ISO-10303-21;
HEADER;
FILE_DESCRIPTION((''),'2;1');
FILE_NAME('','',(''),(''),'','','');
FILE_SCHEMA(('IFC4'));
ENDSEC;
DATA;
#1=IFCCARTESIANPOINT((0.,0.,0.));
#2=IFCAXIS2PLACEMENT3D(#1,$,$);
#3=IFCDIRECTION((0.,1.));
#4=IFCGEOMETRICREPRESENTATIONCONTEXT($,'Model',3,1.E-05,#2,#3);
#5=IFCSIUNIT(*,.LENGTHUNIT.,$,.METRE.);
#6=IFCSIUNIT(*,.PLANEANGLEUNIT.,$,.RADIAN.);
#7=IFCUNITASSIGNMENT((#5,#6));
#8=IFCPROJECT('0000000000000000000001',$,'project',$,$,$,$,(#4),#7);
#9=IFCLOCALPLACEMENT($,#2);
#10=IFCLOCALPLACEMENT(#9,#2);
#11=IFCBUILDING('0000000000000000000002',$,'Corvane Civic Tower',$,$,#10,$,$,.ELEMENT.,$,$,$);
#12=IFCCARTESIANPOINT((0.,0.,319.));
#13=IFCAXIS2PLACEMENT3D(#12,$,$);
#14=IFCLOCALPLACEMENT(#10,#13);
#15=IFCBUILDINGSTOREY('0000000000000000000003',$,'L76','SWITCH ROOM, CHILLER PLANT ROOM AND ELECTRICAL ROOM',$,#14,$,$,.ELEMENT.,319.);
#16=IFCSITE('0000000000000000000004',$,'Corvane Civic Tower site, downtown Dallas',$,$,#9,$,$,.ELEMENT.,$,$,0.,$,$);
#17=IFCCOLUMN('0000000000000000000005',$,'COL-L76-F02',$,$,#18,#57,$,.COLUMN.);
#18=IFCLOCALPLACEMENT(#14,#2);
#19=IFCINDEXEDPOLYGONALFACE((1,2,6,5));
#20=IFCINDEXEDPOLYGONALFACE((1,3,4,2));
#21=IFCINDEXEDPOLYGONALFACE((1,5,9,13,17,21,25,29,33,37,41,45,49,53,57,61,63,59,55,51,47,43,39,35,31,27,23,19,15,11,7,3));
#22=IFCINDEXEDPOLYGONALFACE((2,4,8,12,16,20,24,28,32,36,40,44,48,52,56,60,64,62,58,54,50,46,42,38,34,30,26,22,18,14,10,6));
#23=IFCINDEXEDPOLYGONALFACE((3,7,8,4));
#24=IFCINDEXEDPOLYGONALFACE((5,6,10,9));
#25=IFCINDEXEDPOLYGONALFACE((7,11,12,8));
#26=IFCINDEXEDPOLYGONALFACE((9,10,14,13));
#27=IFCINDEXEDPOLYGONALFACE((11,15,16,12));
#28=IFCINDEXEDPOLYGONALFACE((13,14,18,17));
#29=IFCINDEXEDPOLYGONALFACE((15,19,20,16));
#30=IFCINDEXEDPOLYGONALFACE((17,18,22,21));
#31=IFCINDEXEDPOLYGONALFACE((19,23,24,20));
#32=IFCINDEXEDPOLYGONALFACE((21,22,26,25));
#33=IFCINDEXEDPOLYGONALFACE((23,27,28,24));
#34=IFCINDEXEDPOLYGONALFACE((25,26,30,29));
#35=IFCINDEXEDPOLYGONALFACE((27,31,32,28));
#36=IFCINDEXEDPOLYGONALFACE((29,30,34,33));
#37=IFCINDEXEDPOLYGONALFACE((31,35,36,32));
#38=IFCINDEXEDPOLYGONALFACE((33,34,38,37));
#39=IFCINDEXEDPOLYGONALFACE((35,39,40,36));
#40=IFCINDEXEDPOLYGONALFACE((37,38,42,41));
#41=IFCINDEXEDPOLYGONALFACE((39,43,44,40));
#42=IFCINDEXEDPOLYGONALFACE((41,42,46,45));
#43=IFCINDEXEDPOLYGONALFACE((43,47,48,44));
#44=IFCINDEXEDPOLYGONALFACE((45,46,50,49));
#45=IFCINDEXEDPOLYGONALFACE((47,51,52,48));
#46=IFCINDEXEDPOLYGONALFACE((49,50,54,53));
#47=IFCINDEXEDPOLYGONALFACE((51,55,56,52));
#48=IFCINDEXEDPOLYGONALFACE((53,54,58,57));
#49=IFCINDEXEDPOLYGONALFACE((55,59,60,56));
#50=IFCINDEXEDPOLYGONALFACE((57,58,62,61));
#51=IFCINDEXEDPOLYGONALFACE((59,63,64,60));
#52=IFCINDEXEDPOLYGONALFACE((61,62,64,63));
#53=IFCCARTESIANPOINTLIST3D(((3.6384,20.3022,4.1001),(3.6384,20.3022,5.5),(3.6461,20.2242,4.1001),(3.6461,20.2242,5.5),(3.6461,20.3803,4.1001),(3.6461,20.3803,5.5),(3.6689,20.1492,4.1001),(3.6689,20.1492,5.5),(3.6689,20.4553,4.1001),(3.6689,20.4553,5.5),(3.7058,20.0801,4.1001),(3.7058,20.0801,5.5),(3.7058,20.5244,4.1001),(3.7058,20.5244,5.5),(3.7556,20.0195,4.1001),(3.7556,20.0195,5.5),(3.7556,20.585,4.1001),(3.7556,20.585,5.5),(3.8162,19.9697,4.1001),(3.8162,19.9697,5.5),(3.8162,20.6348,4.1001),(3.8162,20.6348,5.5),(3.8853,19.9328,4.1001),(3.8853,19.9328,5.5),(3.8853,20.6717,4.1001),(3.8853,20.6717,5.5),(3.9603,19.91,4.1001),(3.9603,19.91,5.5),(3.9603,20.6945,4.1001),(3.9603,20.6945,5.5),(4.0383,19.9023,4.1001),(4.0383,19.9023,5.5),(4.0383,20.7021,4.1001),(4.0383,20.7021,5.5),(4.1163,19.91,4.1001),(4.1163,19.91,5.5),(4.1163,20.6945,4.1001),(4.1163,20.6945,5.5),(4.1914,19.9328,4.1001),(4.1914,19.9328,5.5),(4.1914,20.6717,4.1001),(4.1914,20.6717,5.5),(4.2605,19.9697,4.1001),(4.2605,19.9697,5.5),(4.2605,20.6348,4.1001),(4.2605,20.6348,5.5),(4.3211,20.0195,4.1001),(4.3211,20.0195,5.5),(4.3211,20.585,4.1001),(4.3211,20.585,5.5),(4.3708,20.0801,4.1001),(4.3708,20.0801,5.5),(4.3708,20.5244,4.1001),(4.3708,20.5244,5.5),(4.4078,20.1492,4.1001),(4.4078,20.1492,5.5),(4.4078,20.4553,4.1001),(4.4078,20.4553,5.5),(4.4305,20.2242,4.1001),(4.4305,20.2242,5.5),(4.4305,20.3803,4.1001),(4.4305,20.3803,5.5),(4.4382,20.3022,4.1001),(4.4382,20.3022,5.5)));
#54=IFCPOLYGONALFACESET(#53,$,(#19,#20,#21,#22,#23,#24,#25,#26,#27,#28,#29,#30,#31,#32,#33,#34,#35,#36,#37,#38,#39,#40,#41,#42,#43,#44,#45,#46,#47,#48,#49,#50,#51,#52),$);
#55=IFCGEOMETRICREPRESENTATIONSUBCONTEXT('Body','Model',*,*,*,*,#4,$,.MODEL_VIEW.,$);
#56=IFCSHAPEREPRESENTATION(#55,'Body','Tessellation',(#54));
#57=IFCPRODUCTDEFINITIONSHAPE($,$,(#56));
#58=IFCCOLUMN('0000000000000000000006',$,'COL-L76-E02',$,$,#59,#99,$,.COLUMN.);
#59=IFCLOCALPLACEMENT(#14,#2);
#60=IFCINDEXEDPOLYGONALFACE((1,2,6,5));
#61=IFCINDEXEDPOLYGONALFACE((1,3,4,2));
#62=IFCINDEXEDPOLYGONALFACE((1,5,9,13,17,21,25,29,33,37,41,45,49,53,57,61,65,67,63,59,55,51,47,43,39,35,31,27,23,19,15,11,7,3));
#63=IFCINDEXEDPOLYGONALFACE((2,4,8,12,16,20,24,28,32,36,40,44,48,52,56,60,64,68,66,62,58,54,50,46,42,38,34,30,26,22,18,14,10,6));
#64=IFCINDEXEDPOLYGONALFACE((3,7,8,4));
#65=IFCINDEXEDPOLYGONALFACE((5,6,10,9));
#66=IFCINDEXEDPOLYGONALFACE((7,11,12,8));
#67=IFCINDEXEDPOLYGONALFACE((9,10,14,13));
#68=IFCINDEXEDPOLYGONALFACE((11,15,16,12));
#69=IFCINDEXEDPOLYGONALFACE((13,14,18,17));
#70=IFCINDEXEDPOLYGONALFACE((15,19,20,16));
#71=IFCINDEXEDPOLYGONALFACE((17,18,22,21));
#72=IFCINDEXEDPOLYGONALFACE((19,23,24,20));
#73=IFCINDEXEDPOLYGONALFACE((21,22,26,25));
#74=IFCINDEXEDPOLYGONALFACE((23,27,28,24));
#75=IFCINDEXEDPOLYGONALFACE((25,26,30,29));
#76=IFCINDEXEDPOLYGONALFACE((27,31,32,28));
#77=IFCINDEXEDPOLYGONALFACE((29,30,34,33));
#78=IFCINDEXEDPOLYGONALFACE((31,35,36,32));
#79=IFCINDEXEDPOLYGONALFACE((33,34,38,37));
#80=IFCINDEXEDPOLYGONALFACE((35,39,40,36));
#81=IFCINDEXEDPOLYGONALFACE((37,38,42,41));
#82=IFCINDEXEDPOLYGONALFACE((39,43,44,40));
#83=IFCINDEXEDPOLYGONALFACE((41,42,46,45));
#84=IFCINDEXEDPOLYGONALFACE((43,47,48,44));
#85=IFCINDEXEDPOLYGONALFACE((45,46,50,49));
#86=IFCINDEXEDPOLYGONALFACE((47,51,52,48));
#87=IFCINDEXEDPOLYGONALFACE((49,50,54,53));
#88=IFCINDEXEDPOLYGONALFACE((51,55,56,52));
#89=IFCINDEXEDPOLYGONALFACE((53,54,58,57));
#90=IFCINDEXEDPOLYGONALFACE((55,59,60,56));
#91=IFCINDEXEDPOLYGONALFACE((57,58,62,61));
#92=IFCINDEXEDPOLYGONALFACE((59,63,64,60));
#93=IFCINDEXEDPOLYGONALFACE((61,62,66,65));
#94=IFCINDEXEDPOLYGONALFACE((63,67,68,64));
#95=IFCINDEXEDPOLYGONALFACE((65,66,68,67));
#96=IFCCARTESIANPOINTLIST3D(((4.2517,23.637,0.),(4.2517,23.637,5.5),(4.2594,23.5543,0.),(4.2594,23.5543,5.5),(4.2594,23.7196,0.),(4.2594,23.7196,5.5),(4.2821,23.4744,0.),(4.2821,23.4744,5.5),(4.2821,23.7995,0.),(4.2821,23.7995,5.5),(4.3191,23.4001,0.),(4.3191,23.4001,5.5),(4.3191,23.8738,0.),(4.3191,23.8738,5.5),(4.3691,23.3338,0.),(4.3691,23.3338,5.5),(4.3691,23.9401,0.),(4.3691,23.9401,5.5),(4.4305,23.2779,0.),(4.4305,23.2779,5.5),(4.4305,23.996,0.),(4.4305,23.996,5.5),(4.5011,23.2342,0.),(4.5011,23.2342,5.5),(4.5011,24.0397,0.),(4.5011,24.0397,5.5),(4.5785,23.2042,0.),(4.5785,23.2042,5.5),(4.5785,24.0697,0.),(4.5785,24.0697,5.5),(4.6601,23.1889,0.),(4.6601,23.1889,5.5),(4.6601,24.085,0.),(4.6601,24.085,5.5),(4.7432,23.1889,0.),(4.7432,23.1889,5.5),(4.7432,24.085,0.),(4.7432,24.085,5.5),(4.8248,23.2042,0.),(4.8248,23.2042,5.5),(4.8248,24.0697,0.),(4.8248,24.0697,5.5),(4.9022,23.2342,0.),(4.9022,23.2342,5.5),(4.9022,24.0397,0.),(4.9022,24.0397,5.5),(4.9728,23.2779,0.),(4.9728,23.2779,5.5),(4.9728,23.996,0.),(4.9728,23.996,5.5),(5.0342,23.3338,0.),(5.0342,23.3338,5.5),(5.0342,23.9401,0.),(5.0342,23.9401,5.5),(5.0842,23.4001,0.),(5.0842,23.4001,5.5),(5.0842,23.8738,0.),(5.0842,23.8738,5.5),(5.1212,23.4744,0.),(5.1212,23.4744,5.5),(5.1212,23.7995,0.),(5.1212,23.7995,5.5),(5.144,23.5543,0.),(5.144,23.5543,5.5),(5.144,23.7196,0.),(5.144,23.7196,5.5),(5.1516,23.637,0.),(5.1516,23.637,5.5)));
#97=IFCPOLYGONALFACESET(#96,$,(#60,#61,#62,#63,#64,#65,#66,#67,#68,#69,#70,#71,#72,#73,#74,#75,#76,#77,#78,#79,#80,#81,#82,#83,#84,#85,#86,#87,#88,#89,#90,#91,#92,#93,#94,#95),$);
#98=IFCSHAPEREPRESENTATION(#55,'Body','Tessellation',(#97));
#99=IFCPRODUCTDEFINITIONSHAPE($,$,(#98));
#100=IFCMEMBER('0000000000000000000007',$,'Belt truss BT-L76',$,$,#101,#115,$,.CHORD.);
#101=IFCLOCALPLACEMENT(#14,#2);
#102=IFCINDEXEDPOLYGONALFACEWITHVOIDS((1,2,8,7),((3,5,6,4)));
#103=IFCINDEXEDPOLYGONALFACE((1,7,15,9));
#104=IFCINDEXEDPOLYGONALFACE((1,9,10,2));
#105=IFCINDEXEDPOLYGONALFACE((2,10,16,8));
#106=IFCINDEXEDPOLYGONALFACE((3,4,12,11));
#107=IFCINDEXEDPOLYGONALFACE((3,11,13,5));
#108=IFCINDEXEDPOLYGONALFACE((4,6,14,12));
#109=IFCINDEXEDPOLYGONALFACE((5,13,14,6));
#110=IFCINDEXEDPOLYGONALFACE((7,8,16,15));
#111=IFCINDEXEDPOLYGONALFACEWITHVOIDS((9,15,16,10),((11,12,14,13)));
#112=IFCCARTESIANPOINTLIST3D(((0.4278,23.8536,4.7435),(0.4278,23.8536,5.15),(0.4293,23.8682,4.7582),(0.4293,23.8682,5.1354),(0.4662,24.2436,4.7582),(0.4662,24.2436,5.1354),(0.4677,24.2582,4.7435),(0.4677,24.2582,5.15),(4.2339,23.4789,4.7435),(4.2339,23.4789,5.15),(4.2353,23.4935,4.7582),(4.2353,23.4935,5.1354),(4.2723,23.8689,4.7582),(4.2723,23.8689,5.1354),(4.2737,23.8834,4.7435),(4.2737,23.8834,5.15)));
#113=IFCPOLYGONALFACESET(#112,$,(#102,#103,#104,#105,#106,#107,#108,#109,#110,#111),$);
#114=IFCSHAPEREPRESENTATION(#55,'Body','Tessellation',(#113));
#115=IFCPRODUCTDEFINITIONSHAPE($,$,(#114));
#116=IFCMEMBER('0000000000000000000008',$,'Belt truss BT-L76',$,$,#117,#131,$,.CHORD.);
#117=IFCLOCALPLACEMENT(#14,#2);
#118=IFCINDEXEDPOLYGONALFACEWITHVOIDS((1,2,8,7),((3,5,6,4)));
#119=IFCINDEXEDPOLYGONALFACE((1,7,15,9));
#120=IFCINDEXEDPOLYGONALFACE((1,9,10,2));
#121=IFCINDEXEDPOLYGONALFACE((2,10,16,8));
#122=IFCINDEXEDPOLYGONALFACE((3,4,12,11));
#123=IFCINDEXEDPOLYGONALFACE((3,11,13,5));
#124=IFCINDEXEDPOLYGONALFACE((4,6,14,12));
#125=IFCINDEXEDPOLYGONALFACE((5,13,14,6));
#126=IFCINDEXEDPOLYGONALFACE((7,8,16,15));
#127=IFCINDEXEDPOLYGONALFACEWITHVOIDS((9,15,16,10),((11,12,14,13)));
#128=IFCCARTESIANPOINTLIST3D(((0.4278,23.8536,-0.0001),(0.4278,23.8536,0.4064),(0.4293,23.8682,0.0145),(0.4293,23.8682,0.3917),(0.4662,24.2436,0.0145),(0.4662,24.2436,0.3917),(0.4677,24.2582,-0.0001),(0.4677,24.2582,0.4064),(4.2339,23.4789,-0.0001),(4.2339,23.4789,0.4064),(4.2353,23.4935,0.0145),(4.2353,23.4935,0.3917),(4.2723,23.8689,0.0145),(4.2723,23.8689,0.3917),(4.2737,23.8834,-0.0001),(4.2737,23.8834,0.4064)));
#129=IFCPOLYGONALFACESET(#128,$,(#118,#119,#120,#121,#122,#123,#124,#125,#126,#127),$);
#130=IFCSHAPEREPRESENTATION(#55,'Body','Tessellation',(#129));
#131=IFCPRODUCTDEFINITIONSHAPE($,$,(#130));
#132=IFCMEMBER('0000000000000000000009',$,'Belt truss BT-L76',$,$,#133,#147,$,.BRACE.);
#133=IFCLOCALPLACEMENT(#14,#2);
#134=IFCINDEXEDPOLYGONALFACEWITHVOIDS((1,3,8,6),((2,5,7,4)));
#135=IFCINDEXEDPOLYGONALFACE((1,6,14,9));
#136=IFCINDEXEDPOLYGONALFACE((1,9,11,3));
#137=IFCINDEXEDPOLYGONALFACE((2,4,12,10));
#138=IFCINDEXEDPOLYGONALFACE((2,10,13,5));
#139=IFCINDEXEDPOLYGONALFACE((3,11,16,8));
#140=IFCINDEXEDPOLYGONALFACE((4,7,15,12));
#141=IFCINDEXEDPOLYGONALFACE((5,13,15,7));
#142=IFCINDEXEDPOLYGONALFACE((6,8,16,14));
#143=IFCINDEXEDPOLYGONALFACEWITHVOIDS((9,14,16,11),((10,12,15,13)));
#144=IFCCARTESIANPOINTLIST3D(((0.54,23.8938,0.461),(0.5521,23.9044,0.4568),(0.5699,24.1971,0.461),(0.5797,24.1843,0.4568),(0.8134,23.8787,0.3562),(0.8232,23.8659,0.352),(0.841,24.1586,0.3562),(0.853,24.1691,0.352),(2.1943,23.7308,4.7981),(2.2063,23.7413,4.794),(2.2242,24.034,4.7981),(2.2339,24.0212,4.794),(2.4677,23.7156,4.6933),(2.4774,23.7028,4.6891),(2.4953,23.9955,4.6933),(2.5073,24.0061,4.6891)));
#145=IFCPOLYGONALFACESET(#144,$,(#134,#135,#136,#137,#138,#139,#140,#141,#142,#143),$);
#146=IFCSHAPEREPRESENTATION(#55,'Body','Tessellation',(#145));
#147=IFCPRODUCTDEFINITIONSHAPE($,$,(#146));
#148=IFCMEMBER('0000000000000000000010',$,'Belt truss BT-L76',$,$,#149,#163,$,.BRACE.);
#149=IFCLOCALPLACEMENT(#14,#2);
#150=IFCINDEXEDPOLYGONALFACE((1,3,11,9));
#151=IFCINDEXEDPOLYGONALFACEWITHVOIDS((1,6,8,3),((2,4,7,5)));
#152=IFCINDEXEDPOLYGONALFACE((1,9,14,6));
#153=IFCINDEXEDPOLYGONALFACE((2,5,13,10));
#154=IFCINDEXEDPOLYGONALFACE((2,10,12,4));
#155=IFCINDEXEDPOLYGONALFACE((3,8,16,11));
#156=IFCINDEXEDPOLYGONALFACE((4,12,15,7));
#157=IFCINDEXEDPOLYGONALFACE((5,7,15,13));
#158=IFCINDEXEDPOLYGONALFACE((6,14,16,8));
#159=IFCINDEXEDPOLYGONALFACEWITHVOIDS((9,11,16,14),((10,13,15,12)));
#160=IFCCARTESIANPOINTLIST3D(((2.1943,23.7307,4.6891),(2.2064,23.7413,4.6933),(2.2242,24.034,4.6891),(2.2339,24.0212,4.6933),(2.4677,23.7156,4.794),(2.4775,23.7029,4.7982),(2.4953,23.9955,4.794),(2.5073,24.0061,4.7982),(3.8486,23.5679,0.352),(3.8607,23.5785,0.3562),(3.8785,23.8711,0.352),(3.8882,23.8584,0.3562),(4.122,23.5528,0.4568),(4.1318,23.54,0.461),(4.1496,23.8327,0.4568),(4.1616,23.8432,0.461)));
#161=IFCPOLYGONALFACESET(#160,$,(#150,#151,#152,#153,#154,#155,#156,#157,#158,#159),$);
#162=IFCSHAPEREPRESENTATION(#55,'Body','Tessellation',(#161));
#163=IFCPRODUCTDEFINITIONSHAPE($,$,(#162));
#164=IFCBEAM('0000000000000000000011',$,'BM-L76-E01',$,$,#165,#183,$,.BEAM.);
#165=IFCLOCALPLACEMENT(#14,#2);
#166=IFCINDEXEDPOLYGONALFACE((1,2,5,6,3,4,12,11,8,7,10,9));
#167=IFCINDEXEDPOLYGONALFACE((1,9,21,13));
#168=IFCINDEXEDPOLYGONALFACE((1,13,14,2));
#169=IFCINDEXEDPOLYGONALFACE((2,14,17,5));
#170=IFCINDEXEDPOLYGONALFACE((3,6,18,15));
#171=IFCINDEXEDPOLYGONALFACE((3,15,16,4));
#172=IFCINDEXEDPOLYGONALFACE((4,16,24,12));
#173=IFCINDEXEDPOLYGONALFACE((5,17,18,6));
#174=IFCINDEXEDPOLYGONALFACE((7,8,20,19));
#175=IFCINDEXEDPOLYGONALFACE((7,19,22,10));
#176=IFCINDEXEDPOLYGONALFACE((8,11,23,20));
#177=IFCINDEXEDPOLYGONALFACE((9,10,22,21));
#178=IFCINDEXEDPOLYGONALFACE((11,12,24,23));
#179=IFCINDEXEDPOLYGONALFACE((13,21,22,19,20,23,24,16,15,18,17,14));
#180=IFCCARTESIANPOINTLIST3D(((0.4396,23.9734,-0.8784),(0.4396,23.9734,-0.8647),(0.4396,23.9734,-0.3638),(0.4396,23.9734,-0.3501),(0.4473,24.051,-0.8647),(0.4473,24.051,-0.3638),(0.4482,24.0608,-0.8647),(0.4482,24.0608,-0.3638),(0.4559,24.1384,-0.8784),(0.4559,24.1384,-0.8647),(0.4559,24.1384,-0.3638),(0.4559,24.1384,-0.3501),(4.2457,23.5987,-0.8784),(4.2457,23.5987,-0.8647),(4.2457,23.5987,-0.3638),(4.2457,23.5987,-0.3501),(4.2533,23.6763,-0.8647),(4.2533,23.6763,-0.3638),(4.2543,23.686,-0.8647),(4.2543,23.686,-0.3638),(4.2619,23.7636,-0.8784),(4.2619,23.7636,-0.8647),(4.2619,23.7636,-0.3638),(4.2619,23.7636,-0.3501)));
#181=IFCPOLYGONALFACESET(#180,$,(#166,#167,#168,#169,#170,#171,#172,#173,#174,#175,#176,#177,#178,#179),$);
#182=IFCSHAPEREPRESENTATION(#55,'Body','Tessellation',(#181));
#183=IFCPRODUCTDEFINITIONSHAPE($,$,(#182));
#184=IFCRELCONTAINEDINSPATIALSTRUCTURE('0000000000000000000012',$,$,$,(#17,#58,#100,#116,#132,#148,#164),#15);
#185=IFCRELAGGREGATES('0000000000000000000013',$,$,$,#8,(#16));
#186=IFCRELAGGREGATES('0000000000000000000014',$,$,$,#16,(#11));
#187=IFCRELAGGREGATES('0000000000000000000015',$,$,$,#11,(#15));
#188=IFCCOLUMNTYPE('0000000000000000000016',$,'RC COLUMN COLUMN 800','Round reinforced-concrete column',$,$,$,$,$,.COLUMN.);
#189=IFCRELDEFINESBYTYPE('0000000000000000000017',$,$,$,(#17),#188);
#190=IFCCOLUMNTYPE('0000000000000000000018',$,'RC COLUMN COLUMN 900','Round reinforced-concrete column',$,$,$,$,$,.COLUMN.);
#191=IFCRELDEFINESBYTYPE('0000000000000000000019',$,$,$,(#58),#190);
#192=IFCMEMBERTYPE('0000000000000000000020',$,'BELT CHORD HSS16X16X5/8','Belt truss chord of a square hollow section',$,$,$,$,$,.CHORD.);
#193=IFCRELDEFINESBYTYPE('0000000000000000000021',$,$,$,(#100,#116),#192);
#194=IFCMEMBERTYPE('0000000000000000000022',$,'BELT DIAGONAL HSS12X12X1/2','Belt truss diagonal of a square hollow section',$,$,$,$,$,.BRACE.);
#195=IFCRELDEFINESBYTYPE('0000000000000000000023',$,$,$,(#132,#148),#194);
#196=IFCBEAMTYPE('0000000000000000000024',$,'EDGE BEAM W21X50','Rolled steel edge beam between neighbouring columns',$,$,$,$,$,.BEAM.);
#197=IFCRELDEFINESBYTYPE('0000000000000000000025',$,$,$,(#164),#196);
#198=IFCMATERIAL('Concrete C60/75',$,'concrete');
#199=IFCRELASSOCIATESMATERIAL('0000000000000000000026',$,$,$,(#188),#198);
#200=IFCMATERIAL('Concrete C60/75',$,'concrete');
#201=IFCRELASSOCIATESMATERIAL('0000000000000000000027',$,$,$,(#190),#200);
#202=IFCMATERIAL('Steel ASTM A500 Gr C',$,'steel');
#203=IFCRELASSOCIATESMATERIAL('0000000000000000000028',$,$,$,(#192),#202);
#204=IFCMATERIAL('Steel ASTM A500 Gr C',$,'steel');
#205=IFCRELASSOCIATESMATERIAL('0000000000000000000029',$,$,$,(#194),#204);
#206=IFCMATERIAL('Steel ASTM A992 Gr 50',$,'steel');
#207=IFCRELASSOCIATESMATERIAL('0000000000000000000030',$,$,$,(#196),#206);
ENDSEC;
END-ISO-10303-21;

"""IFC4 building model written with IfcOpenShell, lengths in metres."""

from ifc_helpers import new_model, si_unit, direction, frame, origin, origin_2d, place, context, subcontext, project, spatial, hollow_rectangle, circle, i_section, extrude, material, material_profile, profile_set, type_object, element, save


model = new_model("IFC4")

# Units and contexts
model_context = context("Model", 3, precision=1e-05, world=origin(), true_north=direction((0.0, 1.0)))
body_context = subcontext(model_context, "Body", "Model", "MODEL_VIEW")
ifc_project = project(units=[si_unit("LENGTHUNIT", "METRE"), si_unit("PLANEANGLEUNIT", "RADIAN")], contexts=[model_context])

# Site, building, storey
site_placement = place(None, origin())
site = spatial("IfcSite", under=ifc_project, at=site_placement, Name="Corvane Civic Tower site, downtown Dallas", CompositionType="ELEMENT", RefElevation=0.0)
building_placement = place(site_placement, origin())
building = spatial("IfcBuilding", under=site, at=building_placement, Name="Corvane Civic Tower", CompositionType="ELEMENT")
storey_placement = place(building_placement, frame((0.0, 0.0, 319.0)))
storey = spatial("IfcBuildingStorey", under=building, at=storey_placement, Name="L76", Description="SWITCH ROOM, CHILLER PLANT ROOM AND ELECTRICAL ROOM", CompositionType="ELEMENT", Elevation=319.0)

# Columns
ifc_material_1 = material(Name="Concrete C60/75", Category="concrete")
ifc_material_profile_1 = material_profile(ifc_material_1, circle(Radius=0.3999, at=origin_2d()), Name="COLUMN 800")
ifc_profile_set_1 = profile_set([ifc_material_profile_1], Name="Concrete C60/75")
column_type_1 = type_object("IfcColumnType", Name="RC COLUMN COLUMN 800", Description="Round reinforced-concrete column", PredefinedType="COLUMN", material=ifc_profile_set_1)
column_1_placement = place(storey_placement, frame((4.0383, 20.3022, 4.1001), z_axis=(0.0, 0.0, 1.0), x_axis=(1.0, 0.0, 0.0)))
element("IfcColumn", 1, at=column_1_placement, inside=storey, type_object=column_type_1, Name="COL-L76-F02", PredefinedType="COLUMN", context=body_context, shape_type="SweptSolid", body=[
    extrude(circle(Radius=0.3999, at=origin_2d()), origin(), (0.0, 0.0, 1.0), 1.3999),
])
ifc_material_2 = material(Name="Concrete C60/75", Category="concrete")
ifc_material_profile_2 = material_profile(ifc_material_2, circle(Radius=0.45, at=origin_2d()), Name="COLUMN 900")
ifc_profile_set_2 = profile_set([ifc_material_profile_2], Name="Concrete C60/75")
column_type_2 = type_object("IfcColumnType", Name="RC COLUMN COLUMN 900", Description="Round reinforced-concrete column", PredefinedType="COLUMN", material=ifc_profile_set_2)
column_2_placement = place(storey_placement, frame((4.7017, 23.637, 0.0), z_axis=(0.0, 0.0, 1.0), x_axis=(1.0, 0.0, 0.0)))
element("IfcColumn", 2, at=column_2_placement, inside=storey, type_object=column_type_2, Name="COL-L76-E02", PredefinedType="COLUMN", context=body_context, shape_type="SweptSolid", body=[
    extrude(circle(Radius=0.45, at=origin_2d()), origin(), (0.0, 0.0, 1.0), 5.5),
])

# Members
ifc_material_3 = material(Name="Steel ASTM A500 Gr C", Category="steel")
ifc_material_profile_3 = material_profile(ifc_material_3, hollow_rectangle(XDim=0.4065, YDim=0.4065, WallThickness=0.0146, at=origin_2d()), Name="HSS16X16X5/8")
ifc_profile_set_3 = profile_set([ifc_material_profile_3], Name="Steel ASTM A500 Gr C")
member_type_1 = type_object("IfcMemberType", Name="BELT CHORD HSS16X16X5/8", Description="Belt truss chord of a square hollow section", PredefinedType="CHORD", material=ifc_profile_set_3)
for number, where, z_axis, x_axis, name in (
    (3, (0.4478, 24.0559, 4.9468), (0.995188, -0.097987, 0.0), (0.097987, 0.995188, 0.0), "Belt truss BT-L76"),
    (4, (0.4478, 24.0559, 0.2031), (0.995188, -0.097987, 0.0), (0.097987, 0.995188, 0.0), "Belt truss BT-L76"),
):
    element("IfcMember", number, at=place(storey_placement, frame(where, z_axis=z_axis, x_axis=x_axis)), inside=storey, type_object=member_type_1, Name=name, PredefinedType="CHORD", context=body_context, shape_type="SweptSolid", body=[
        extrude(hollow_rectangle(XDim=0.4065, YDim=0.4065, WallThickness=0.0146, at=origin_2d()), origin(), (0.0, 0.0, 1.0), 3.8245),
    ])
ifc_material_4 = material(Name="Steel ASTM A500 Gr C", Category="steel")
ifc_material_profile_4 = material_profile(ifc_material_4, hollow_rectangle(XDim=0.3047, YDim=0.3047, WallThickness=0.0117, at=origin_2d()), Name="HSS12X12X1/2")
ifc_profile_set_4 = profile_set([ifc_material_profile_4], Name="Steel ASTM A500 Gr C")
member_type_2 = type_object("IfcMemberType", Name="BELT DIAGONAL HSS12X12X1/2", Description="Belt truss diagonal of a square hollow section", PredefinedType="BRACE", material=ifc_profile_set_4)
for number, where, z_axis, x_axis, name in (
    (5, (0.6965, 24.0315, 0.4065), (0.35616, -0.035111, 0.933765), (0.098108, 0.995176, 0.0), "Belt truss BT-L76"),
    (6, (4.0051, 23.7056, 0.4065), (-0.356161, 0.035059, 0.933767), (-0.097962, -0.99519, 0.0), "Belt truss BT-L76"),
):
    element("IfcMember", number, at=place(storey_placement, frame(where, z_axis=z_axis, x_axis=x_axis)), inside=storey, type_object=member_type_2, Name=name, PredefinedType="BRACE", context=body_context, shape_type="SweptSolid", body=[
        extrude(hollow_rectangle(XDim=0.3047, YDim=0.3047, WallThickness=0.0117, at=origin_2d()), origin(), (0.0, 0.0, 1.0), 4.6448),
    ])

# Beam
ifc_material_5 = material(Name="Steel ASTM A992 Gr 50", Category="steel")
ifc_material_profile_5 = material_profile(ifc_material_5, i_section(OverallWidth=0.1658, OverallDepth=0.5283, WebThickness=0.0098, FlangeThickness=0.0137, at=origin_2d()), Name="W21X50")
ifc_profile_set_5 = profile_set([ifc_material_profile_5], Name="Steel ASTM A992 Gr 50")
beam_type = type_object("IfcBeamType", Name="EDGE BEAM W21X50", Description="Rolled steel edge beam between neighbouring columns", PredefinedType="BEAM", material=ifc_profile_set_5)
beam_placement = place(storey_placement, frame((0.4478, 24.0559, -0.6143), z_axis=(0.995188, -0.097987, 0.0), x_axis=(0.097987, 0.995188, 0.0)))
element("IfcBeam", 7, at=beam_placement, inside=storey, type_object=beam_type, Name="BM-L76-E01", PredefinedType="BEAM", context=body_context, shape_type="SweptSolid", body=[
    extrude(i_section(OverallWidth=0.1658, OverallDepth=0.5283, WebThickness=0.0098, FlangeThickness=0.0137, at=origin_2d()), origin(), (0.0, 0.0, 1.0), 3.8245),
])

save(model, "model.ifc")
